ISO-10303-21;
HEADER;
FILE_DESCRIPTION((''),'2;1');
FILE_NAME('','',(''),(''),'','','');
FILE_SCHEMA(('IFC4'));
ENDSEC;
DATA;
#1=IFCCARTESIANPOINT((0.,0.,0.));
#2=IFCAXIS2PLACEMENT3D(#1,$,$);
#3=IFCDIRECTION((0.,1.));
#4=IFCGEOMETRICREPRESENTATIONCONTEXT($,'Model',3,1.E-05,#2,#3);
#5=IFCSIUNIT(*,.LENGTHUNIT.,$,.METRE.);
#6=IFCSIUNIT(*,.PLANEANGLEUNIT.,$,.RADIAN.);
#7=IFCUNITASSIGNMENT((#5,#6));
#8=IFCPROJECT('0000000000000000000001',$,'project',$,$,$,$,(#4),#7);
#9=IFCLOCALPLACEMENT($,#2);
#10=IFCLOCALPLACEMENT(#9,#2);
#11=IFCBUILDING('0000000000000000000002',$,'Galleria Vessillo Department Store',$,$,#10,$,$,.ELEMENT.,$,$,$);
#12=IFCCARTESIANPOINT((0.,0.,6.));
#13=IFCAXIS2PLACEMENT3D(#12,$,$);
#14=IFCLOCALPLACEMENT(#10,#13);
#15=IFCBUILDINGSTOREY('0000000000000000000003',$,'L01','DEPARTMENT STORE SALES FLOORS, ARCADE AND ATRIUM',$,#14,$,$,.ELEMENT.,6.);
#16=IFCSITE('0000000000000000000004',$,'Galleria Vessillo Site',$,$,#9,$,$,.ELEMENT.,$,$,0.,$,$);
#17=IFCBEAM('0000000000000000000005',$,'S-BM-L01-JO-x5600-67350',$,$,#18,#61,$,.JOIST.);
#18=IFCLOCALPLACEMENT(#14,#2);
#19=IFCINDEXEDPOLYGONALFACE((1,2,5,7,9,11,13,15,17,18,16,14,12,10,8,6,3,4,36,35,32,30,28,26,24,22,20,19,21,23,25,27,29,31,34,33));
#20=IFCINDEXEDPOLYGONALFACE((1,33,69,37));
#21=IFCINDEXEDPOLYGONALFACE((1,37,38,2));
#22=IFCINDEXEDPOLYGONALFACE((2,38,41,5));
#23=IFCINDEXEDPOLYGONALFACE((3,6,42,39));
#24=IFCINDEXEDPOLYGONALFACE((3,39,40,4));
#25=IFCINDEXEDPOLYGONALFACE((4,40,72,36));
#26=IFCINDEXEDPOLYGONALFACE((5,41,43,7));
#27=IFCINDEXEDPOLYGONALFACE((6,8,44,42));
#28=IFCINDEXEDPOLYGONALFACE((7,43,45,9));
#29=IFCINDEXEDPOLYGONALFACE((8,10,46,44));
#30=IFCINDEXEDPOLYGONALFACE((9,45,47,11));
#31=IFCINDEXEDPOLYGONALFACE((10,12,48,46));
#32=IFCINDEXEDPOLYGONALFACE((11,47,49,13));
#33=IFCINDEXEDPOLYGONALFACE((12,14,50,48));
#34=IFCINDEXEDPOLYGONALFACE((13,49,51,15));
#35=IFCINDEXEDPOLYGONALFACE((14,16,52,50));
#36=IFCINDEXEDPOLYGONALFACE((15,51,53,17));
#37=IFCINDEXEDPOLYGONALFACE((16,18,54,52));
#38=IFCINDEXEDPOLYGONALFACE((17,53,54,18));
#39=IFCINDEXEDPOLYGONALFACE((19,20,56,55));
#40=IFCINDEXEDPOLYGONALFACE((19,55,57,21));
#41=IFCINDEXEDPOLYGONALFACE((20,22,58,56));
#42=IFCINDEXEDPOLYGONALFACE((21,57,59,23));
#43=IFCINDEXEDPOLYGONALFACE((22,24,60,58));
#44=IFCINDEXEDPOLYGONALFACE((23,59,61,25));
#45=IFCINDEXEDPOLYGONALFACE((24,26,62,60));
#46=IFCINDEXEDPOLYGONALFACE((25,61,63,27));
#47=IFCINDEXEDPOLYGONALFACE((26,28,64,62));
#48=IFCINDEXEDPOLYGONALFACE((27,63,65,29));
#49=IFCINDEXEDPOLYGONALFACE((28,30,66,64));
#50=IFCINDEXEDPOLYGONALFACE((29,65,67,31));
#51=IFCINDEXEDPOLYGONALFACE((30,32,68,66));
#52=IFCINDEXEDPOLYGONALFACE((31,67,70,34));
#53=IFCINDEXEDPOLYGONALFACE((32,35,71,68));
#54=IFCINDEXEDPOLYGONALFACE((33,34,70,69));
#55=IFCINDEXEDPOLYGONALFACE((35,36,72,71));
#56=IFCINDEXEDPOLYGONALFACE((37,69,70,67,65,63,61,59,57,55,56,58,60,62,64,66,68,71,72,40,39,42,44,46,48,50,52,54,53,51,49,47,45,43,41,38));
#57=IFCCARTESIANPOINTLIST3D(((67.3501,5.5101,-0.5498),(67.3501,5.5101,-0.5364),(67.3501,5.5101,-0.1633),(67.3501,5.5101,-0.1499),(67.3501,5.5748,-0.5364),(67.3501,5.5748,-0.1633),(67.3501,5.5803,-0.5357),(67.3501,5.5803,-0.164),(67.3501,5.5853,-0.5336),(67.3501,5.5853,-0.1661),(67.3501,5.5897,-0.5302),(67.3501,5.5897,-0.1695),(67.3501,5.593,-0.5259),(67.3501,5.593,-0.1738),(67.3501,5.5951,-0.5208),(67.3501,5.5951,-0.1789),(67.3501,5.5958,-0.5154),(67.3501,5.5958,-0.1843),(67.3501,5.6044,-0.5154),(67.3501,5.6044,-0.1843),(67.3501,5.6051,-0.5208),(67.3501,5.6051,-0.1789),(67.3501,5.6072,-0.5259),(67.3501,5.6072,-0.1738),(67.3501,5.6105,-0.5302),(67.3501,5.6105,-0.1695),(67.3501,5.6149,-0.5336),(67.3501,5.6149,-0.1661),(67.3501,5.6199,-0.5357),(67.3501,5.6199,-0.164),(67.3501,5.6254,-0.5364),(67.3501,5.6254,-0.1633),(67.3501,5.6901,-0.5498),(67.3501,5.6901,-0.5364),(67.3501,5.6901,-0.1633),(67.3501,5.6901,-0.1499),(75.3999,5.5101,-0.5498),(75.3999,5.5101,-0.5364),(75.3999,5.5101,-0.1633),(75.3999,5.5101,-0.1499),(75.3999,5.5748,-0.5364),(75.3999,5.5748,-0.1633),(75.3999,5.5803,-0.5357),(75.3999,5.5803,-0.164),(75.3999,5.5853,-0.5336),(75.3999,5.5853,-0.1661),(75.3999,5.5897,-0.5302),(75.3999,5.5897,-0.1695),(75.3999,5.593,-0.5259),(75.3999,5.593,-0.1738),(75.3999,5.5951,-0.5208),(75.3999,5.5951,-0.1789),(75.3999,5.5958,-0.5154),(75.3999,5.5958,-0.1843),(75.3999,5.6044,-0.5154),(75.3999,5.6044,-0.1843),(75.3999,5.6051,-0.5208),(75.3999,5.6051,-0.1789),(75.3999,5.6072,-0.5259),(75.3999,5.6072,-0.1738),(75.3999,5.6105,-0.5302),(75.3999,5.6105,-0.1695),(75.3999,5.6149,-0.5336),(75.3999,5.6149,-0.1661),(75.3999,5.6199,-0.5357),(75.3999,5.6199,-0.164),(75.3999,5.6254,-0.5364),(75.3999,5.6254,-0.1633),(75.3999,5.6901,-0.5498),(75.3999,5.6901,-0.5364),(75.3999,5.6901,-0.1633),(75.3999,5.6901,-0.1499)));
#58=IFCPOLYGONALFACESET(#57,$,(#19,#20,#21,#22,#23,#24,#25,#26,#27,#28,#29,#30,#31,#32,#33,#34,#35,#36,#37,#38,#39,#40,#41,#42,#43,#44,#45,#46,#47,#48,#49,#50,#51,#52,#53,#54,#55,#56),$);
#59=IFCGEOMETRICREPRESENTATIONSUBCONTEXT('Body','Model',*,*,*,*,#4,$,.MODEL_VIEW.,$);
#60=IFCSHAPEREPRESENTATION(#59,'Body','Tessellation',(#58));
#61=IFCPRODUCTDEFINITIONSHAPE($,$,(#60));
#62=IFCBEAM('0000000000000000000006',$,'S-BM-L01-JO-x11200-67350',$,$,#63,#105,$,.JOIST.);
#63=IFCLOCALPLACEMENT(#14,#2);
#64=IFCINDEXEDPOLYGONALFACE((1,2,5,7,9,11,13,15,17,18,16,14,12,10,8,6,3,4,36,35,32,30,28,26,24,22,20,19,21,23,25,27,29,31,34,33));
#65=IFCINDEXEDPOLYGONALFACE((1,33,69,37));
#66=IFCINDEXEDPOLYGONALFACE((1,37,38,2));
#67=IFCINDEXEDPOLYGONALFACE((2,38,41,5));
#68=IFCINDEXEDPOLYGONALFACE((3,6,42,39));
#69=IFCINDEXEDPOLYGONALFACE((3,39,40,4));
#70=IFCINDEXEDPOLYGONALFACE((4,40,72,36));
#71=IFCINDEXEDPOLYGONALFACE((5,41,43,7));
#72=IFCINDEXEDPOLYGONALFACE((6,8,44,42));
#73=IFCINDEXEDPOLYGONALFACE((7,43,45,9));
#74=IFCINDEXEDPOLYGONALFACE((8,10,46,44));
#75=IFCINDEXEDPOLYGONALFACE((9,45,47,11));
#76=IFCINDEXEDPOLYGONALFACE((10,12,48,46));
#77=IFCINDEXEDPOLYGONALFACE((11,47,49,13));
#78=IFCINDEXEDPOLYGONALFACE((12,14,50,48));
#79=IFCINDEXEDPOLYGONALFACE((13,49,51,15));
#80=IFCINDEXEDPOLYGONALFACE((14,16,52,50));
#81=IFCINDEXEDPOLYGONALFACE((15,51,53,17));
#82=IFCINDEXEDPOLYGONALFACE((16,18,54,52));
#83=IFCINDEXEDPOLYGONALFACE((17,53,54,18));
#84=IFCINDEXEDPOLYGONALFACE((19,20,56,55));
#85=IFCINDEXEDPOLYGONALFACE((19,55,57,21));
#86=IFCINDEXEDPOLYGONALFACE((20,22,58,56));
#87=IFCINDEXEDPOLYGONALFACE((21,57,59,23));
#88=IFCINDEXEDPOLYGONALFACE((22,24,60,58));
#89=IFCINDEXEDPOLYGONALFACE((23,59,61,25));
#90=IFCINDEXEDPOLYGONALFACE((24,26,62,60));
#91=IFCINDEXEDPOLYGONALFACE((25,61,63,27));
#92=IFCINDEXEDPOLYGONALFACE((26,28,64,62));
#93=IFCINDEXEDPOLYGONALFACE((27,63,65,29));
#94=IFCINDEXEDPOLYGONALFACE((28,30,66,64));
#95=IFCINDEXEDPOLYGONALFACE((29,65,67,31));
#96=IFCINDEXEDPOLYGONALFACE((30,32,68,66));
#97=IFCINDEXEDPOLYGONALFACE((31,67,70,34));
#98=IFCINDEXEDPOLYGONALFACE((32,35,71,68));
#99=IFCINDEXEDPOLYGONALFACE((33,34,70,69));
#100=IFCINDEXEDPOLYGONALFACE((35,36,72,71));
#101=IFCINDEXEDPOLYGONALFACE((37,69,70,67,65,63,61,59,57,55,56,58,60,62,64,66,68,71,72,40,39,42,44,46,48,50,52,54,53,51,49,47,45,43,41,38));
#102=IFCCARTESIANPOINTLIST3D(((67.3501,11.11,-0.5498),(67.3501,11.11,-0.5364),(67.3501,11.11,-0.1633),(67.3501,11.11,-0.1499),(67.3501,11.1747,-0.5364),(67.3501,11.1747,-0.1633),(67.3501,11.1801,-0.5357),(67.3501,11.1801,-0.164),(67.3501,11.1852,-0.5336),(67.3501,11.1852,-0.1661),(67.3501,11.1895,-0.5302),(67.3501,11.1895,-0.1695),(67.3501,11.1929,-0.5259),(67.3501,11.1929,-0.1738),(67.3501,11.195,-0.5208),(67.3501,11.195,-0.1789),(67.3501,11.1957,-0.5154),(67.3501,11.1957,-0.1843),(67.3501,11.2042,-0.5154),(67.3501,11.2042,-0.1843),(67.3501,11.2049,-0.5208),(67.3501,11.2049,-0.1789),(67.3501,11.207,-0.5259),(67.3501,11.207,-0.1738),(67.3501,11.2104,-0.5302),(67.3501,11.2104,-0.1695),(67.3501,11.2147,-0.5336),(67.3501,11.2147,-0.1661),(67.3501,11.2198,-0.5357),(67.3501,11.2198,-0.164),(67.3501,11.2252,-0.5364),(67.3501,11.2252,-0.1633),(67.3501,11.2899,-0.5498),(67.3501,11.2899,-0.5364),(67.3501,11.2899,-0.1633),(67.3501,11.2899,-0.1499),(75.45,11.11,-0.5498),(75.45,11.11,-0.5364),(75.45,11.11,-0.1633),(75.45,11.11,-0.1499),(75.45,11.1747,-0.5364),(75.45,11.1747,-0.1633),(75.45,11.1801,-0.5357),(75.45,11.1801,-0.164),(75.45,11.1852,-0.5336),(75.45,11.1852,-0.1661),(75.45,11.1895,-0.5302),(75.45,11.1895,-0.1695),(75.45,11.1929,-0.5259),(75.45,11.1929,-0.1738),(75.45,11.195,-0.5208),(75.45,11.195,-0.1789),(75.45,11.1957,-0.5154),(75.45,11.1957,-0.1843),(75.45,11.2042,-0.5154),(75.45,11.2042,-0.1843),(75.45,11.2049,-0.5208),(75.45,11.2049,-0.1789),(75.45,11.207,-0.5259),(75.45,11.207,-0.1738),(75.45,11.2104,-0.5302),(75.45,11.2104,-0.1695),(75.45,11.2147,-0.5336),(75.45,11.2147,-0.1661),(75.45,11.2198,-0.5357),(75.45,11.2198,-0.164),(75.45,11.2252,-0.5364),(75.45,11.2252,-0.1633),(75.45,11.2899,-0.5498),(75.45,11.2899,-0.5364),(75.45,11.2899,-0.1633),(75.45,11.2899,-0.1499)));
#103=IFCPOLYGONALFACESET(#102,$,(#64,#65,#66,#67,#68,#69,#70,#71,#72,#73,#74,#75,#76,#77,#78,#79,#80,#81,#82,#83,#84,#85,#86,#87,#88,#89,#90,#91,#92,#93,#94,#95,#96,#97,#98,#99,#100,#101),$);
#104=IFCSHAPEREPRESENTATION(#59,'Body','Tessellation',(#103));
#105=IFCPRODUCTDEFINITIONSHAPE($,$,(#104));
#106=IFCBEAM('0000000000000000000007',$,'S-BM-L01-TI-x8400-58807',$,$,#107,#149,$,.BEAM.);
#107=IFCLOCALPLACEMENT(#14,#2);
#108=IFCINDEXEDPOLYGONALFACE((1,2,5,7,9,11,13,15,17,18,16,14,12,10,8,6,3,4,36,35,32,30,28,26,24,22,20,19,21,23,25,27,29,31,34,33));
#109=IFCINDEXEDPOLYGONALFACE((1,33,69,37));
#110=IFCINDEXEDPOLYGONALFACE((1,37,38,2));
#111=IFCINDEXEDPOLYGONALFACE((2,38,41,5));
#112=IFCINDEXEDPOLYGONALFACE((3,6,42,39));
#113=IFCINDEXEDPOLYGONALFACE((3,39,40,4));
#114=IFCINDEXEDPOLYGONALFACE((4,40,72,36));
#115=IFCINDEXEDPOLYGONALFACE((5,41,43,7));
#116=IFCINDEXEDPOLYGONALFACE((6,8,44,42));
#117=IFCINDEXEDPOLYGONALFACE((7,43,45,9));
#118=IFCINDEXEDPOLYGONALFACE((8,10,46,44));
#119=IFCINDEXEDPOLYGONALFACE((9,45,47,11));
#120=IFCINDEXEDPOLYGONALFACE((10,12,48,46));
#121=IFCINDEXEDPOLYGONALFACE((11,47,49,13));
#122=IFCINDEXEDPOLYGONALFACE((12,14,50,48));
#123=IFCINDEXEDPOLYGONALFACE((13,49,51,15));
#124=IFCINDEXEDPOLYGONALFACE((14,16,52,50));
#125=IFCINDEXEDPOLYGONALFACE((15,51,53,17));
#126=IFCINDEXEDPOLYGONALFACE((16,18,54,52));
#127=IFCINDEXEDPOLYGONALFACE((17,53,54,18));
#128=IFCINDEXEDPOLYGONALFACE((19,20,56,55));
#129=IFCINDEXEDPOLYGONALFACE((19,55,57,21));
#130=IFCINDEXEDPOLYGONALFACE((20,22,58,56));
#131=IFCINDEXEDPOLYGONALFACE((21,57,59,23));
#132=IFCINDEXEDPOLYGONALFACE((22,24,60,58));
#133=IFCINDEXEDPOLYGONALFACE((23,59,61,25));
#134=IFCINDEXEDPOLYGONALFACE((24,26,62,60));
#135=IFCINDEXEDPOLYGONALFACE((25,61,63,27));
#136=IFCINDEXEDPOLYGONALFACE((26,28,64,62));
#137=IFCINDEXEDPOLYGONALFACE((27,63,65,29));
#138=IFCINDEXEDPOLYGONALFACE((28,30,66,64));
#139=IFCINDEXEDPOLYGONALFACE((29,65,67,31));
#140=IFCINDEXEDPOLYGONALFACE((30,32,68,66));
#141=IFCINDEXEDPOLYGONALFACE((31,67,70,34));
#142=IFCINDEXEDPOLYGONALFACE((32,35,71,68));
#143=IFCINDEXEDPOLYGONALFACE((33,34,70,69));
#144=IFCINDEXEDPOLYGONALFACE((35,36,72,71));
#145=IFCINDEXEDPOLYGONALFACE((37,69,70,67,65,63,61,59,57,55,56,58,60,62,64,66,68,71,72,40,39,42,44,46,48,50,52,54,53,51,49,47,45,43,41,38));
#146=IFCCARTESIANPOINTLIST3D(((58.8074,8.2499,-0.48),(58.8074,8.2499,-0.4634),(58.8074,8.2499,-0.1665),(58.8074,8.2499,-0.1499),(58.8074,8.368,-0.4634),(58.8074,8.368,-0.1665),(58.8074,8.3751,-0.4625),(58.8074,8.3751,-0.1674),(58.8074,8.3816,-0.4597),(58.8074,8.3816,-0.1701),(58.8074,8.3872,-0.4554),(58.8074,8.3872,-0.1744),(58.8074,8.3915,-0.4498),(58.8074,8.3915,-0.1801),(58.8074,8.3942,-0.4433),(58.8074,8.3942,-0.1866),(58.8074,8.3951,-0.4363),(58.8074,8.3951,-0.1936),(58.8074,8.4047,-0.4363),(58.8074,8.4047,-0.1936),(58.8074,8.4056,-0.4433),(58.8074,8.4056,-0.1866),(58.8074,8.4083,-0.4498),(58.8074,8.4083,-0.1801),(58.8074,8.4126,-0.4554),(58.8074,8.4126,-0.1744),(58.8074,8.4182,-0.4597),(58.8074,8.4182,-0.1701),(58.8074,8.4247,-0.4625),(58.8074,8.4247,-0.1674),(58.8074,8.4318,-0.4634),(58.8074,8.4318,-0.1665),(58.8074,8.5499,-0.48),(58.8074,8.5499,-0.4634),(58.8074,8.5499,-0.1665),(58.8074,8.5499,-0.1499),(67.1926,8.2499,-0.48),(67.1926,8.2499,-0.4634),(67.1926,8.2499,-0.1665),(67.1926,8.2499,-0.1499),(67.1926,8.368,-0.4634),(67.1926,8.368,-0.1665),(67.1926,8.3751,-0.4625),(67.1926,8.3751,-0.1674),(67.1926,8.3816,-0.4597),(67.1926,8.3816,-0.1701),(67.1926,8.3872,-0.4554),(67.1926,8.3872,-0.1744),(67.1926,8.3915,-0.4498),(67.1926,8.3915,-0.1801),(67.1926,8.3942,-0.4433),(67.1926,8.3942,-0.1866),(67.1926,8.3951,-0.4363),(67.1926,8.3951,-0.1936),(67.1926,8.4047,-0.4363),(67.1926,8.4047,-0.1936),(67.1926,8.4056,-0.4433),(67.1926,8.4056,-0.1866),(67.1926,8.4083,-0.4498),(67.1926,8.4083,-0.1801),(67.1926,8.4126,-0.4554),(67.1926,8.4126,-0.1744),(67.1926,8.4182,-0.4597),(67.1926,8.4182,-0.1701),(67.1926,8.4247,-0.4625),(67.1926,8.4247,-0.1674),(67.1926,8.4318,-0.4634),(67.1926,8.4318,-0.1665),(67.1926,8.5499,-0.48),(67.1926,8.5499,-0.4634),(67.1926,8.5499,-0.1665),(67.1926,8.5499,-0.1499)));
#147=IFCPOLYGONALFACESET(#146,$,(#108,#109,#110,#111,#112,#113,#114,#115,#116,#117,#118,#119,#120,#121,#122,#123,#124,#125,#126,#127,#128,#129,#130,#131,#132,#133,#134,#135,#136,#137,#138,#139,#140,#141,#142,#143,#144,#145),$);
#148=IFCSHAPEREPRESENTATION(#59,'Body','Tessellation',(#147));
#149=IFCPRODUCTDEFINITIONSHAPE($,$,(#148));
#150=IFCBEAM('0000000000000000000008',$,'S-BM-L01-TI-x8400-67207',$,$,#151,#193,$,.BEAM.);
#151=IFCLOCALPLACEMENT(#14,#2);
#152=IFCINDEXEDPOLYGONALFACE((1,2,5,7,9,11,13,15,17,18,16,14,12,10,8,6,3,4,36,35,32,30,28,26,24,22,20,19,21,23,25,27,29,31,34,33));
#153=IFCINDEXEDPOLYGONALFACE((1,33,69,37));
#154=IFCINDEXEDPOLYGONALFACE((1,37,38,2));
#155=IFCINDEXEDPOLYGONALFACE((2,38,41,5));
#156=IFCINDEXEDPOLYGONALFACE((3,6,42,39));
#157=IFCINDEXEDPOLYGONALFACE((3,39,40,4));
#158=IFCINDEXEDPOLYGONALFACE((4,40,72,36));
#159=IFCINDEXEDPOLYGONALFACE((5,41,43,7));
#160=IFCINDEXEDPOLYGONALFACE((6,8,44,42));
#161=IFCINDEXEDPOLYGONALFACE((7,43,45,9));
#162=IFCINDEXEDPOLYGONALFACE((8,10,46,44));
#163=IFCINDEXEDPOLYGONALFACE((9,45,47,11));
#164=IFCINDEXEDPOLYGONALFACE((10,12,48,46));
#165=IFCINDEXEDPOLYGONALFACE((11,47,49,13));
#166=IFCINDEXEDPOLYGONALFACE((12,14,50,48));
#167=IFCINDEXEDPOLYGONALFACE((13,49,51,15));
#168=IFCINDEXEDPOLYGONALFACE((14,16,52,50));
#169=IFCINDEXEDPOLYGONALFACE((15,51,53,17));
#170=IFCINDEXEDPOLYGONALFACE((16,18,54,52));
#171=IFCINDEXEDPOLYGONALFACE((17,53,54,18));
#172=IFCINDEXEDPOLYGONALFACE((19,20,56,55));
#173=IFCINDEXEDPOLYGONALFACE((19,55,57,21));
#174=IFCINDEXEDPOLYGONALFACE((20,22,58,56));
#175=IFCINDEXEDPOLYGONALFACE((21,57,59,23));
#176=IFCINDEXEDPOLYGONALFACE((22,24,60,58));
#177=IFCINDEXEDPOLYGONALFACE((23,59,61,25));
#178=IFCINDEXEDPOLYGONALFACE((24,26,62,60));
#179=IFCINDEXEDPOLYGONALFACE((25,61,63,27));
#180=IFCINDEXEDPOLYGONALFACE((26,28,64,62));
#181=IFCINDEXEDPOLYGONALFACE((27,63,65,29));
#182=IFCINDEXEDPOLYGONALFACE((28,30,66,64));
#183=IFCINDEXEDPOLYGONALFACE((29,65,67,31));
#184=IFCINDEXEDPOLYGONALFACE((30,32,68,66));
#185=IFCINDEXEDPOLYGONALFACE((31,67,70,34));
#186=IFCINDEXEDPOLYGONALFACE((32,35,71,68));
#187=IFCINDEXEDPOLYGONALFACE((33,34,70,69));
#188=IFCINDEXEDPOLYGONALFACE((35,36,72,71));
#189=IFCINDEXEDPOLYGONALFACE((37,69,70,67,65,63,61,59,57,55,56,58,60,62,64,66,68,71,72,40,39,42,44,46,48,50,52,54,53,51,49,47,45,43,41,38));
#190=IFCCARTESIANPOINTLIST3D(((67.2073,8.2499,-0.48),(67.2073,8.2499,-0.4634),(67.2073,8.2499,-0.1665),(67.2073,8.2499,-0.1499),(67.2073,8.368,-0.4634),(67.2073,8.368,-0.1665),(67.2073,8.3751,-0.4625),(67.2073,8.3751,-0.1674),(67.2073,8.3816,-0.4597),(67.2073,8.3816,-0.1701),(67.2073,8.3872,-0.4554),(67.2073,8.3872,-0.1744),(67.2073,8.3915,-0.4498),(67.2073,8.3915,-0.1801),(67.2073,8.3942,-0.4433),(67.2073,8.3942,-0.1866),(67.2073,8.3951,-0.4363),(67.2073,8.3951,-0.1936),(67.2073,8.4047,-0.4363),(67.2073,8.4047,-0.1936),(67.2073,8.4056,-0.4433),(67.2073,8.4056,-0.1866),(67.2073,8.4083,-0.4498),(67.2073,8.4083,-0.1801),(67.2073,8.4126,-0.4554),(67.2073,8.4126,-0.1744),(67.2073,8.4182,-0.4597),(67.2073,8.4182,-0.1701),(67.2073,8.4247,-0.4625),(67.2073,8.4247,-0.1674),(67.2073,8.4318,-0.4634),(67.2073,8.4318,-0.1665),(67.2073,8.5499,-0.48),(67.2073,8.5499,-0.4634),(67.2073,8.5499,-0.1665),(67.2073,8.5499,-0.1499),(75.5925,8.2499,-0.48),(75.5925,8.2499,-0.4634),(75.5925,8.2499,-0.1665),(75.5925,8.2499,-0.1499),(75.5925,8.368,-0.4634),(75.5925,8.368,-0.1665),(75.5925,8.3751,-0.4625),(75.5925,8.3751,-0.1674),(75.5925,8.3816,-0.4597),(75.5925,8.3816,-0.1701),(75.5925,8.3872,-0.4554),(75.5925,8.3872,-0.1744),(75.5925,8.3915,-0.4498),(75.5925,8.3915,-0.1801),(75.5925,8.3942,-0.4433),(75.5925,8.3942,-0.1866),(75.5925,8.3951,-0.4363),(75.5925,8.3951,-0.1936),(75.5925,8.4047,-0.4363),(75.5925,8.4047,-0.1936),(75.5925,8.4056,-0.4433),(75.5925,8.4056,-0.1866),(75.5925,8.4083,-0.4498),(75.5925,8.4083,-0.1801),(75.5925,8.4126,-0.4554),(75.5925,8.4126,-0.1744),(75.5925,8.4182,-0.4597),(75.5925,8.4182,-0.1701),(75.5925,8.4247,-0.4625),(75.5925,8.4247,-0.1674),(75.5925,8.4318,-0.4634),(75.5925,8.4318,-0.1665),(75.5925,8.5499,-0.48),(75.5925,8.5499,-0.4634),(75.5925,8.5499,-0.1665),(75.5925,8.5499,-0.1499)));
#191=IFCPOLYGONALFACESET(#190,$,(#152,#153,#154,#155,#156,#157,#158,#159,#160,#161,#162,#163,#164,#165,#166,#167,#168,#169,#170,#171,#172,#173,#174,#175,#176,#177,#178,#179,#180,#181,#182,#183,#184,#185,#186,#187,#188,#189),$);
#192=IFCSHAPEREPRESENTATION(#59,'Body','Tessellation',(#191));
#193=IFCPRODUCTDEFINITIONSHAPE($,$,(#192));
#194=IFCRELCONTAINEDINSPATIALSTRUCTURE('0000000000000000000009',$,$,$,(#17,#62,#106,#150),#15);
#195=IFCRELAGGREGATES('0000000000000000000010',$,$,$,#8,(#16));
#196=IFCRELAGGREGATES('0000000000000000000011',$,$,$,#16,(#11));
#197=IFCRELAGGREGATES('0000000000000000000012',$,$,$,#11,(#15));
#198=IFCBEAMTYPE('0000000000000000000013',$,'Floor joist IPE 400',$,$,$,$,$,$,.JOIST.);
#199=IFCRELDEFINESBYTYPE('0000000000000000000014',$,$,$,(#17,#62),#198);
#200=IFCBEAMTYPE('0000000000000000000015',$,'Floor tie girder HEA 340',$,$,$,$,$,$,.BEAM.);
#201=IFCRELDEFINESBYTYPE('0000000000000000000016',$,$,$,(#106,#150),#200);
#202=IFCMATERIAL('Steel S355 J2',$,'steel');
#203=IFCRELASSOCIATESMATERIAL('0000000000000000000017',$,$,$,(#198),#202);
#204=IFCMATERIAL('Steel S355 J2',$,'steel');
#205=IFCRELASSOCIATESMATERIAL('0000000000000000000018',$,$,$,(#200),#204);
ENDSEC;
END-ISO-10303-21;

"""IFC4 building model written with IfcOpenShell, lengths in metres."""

from ifc_helpers import new_model, si_unit, direction, frame, origin, origin_2d, place, context, subcontext, project, spatial, i_section, extrude, material, material_profile, profile_set, type_object, element, save


model = new_model("IFC4")

# Units and contexts
model_context = context("Model", 3, precision=1e-05, world=origin(), true_north=direction((0.0, 1.0)))
body_context = subcontext(model_context, "Body", "Model", "MODEL_VIEW")
ifc_project = project(units=[si_unit("LENGTHUNIT", "METRE"), si_unit("PLANEANGLEUNIT", "RADIAN")], contexts=[model_context])

# Site, building, storey
site_placement = place(None, origin())
site = spatial("IfcSite", under=ifc_project, at=site_placement, Name="Galleria Vessillo Site", CompositionType="ELEMENT", RefElevation=0.0)
building_placement = place(site_placement, origin())
building = spatial("IfcBuilding", under=site, at=building_placement, Name="Galleria Vessillo Department Store", CompositionType="ELEMENT")
storey_placement = place(building_placement, frame((0.0, 0.0, 6.0)))
storey = spatial("IfcBuildingStorey", under=building, at=storey_placement, Name="L01", Description="DEPARTMENT STORE SALES FLOORS, ARCADE AND ATRIUM", CompositionType="ELEMENT", Elevation=6.0)

# Beams
ifc_material_1 = material(Name="Steel S355 J2", Category="steel")
ifc_material_profile_1 = material_profile(ifc_material_1, i_section(OverallWidth=0.1799, OverallDepth=0.3999, WebThickness=0.0085, FlangeThickness=0.0134, FilletRadius=0.021, at=origin_2d()), Name="IPE 400")
ifc_profile_set_1 = profile_set([ifc_material_profile_1], Name="Steel S355 J2")
beam_type_1 = type_object("IfcBeamType", Name="Floor joist IPE 400", PredefinedType="JOIST", material=ifc_profile_set_1)
for number, where, z_axis, x_axis, name in (
    (1, (67.3501, 5.6001, -0.3499), (1.0, 0.0, 0.0), (0.0, 1.0, 0.0), "S-BM-L01-JO-x5600-67350"),
):
    element("IfcBeam", number, at=place(storey_placement, frame(where, z_axis=z_axis, x_axis=x_axis)), inside=storey, type_object=beam_type_1, Name=name, PredefinedType="JOIST", context=body_context, shape_type="SweptSolid", body=[
        extrude(i_section(OverallWidth=0.1799, OverallDepth=0.3999, WebThickness=0.0085, FlangeThickness=0.0134, FilletRadius=0.021, at=origin_2d()), origin(), (0.0, 0.0, 1.0), 8.0498),
    ])
beam_1_placement = place(storey_placement, frame((67.3501, 11.2, -0.3499), z_axis=(1.0, 0.0, 0.0), x_axis=(0.0, 1.0, 0.0)))
element("IfcBeam", 2, at=beam_1_placement, inside=storey, type_object=beam_type_1, Name="S-BM-L01-JO-x11200-67350", PredefinedType="JOIST", context=body_context, shape_type="SweptSolid", body=[
    extrude(i_section(OverallWidth=0.1799, OverallDepth=0.3999, WebThickness=0.0085, FlangeThickness=0.0134, FilletRadius=0.021, at=origin_2d()), origin(), (0.0, 0.0, 1.0), 8.0999),
])
ifc_material_2 = material(Name="Steel S355 J2", Category="steel")
ifc_material_profile_2 = material_profile(ifc_material_2, i_section(OverallWidth=0.3, OverallDepth=0.3301, WebThickness=0.0095, FlangeThickness=0.0166, FilletRadius=0.0271, at=origin_2d()), Name="HEA 340")
ifc_profile_set_2 = profile_set([ifc_material_profile_2], Name="Steel S355 J2")
beam_type_2 = type_object("IfcBeamType", Name="Floor tie girder HEA 340", PredefinedType="BEAM", material=ifc_profile_set_2)
for number, where, z_axis, x_axis, name in (
    (3, (58.8074, 8.3999, -0.3149), (1.0, 0.0, 0.0), (0.0, 1.0, 0.0), "S-BM-L01-TI-x8400-58807"),
    (4, (67.2073, 8.3999, -0.3149), (1.0, 0.0, 0.0), (0.0, 1.0, 0.0), "S-BM-L01-TI-x8400-67207"),
):
    element("IfcBeam", number, at=place(storey_placement, frame(where, z_axis=z_axis, x_axis=x_axis)), inside=storey, type_object=beam_type_2, Name=name, PredefinedType="BEAM", context=body_context, shape_type="SweptSolid", body=[
        extrude(i_section(OverallWidth=0.3, OverallDepth=0.3301, WebThickness=0.0095, FlangeThickness=0.0166, FilletRadius=0.0271, at=origin_2d()), origin(), (0.0, 0.0, 1.0), 8.3853),
    ])

save(model, "model.ifc")
